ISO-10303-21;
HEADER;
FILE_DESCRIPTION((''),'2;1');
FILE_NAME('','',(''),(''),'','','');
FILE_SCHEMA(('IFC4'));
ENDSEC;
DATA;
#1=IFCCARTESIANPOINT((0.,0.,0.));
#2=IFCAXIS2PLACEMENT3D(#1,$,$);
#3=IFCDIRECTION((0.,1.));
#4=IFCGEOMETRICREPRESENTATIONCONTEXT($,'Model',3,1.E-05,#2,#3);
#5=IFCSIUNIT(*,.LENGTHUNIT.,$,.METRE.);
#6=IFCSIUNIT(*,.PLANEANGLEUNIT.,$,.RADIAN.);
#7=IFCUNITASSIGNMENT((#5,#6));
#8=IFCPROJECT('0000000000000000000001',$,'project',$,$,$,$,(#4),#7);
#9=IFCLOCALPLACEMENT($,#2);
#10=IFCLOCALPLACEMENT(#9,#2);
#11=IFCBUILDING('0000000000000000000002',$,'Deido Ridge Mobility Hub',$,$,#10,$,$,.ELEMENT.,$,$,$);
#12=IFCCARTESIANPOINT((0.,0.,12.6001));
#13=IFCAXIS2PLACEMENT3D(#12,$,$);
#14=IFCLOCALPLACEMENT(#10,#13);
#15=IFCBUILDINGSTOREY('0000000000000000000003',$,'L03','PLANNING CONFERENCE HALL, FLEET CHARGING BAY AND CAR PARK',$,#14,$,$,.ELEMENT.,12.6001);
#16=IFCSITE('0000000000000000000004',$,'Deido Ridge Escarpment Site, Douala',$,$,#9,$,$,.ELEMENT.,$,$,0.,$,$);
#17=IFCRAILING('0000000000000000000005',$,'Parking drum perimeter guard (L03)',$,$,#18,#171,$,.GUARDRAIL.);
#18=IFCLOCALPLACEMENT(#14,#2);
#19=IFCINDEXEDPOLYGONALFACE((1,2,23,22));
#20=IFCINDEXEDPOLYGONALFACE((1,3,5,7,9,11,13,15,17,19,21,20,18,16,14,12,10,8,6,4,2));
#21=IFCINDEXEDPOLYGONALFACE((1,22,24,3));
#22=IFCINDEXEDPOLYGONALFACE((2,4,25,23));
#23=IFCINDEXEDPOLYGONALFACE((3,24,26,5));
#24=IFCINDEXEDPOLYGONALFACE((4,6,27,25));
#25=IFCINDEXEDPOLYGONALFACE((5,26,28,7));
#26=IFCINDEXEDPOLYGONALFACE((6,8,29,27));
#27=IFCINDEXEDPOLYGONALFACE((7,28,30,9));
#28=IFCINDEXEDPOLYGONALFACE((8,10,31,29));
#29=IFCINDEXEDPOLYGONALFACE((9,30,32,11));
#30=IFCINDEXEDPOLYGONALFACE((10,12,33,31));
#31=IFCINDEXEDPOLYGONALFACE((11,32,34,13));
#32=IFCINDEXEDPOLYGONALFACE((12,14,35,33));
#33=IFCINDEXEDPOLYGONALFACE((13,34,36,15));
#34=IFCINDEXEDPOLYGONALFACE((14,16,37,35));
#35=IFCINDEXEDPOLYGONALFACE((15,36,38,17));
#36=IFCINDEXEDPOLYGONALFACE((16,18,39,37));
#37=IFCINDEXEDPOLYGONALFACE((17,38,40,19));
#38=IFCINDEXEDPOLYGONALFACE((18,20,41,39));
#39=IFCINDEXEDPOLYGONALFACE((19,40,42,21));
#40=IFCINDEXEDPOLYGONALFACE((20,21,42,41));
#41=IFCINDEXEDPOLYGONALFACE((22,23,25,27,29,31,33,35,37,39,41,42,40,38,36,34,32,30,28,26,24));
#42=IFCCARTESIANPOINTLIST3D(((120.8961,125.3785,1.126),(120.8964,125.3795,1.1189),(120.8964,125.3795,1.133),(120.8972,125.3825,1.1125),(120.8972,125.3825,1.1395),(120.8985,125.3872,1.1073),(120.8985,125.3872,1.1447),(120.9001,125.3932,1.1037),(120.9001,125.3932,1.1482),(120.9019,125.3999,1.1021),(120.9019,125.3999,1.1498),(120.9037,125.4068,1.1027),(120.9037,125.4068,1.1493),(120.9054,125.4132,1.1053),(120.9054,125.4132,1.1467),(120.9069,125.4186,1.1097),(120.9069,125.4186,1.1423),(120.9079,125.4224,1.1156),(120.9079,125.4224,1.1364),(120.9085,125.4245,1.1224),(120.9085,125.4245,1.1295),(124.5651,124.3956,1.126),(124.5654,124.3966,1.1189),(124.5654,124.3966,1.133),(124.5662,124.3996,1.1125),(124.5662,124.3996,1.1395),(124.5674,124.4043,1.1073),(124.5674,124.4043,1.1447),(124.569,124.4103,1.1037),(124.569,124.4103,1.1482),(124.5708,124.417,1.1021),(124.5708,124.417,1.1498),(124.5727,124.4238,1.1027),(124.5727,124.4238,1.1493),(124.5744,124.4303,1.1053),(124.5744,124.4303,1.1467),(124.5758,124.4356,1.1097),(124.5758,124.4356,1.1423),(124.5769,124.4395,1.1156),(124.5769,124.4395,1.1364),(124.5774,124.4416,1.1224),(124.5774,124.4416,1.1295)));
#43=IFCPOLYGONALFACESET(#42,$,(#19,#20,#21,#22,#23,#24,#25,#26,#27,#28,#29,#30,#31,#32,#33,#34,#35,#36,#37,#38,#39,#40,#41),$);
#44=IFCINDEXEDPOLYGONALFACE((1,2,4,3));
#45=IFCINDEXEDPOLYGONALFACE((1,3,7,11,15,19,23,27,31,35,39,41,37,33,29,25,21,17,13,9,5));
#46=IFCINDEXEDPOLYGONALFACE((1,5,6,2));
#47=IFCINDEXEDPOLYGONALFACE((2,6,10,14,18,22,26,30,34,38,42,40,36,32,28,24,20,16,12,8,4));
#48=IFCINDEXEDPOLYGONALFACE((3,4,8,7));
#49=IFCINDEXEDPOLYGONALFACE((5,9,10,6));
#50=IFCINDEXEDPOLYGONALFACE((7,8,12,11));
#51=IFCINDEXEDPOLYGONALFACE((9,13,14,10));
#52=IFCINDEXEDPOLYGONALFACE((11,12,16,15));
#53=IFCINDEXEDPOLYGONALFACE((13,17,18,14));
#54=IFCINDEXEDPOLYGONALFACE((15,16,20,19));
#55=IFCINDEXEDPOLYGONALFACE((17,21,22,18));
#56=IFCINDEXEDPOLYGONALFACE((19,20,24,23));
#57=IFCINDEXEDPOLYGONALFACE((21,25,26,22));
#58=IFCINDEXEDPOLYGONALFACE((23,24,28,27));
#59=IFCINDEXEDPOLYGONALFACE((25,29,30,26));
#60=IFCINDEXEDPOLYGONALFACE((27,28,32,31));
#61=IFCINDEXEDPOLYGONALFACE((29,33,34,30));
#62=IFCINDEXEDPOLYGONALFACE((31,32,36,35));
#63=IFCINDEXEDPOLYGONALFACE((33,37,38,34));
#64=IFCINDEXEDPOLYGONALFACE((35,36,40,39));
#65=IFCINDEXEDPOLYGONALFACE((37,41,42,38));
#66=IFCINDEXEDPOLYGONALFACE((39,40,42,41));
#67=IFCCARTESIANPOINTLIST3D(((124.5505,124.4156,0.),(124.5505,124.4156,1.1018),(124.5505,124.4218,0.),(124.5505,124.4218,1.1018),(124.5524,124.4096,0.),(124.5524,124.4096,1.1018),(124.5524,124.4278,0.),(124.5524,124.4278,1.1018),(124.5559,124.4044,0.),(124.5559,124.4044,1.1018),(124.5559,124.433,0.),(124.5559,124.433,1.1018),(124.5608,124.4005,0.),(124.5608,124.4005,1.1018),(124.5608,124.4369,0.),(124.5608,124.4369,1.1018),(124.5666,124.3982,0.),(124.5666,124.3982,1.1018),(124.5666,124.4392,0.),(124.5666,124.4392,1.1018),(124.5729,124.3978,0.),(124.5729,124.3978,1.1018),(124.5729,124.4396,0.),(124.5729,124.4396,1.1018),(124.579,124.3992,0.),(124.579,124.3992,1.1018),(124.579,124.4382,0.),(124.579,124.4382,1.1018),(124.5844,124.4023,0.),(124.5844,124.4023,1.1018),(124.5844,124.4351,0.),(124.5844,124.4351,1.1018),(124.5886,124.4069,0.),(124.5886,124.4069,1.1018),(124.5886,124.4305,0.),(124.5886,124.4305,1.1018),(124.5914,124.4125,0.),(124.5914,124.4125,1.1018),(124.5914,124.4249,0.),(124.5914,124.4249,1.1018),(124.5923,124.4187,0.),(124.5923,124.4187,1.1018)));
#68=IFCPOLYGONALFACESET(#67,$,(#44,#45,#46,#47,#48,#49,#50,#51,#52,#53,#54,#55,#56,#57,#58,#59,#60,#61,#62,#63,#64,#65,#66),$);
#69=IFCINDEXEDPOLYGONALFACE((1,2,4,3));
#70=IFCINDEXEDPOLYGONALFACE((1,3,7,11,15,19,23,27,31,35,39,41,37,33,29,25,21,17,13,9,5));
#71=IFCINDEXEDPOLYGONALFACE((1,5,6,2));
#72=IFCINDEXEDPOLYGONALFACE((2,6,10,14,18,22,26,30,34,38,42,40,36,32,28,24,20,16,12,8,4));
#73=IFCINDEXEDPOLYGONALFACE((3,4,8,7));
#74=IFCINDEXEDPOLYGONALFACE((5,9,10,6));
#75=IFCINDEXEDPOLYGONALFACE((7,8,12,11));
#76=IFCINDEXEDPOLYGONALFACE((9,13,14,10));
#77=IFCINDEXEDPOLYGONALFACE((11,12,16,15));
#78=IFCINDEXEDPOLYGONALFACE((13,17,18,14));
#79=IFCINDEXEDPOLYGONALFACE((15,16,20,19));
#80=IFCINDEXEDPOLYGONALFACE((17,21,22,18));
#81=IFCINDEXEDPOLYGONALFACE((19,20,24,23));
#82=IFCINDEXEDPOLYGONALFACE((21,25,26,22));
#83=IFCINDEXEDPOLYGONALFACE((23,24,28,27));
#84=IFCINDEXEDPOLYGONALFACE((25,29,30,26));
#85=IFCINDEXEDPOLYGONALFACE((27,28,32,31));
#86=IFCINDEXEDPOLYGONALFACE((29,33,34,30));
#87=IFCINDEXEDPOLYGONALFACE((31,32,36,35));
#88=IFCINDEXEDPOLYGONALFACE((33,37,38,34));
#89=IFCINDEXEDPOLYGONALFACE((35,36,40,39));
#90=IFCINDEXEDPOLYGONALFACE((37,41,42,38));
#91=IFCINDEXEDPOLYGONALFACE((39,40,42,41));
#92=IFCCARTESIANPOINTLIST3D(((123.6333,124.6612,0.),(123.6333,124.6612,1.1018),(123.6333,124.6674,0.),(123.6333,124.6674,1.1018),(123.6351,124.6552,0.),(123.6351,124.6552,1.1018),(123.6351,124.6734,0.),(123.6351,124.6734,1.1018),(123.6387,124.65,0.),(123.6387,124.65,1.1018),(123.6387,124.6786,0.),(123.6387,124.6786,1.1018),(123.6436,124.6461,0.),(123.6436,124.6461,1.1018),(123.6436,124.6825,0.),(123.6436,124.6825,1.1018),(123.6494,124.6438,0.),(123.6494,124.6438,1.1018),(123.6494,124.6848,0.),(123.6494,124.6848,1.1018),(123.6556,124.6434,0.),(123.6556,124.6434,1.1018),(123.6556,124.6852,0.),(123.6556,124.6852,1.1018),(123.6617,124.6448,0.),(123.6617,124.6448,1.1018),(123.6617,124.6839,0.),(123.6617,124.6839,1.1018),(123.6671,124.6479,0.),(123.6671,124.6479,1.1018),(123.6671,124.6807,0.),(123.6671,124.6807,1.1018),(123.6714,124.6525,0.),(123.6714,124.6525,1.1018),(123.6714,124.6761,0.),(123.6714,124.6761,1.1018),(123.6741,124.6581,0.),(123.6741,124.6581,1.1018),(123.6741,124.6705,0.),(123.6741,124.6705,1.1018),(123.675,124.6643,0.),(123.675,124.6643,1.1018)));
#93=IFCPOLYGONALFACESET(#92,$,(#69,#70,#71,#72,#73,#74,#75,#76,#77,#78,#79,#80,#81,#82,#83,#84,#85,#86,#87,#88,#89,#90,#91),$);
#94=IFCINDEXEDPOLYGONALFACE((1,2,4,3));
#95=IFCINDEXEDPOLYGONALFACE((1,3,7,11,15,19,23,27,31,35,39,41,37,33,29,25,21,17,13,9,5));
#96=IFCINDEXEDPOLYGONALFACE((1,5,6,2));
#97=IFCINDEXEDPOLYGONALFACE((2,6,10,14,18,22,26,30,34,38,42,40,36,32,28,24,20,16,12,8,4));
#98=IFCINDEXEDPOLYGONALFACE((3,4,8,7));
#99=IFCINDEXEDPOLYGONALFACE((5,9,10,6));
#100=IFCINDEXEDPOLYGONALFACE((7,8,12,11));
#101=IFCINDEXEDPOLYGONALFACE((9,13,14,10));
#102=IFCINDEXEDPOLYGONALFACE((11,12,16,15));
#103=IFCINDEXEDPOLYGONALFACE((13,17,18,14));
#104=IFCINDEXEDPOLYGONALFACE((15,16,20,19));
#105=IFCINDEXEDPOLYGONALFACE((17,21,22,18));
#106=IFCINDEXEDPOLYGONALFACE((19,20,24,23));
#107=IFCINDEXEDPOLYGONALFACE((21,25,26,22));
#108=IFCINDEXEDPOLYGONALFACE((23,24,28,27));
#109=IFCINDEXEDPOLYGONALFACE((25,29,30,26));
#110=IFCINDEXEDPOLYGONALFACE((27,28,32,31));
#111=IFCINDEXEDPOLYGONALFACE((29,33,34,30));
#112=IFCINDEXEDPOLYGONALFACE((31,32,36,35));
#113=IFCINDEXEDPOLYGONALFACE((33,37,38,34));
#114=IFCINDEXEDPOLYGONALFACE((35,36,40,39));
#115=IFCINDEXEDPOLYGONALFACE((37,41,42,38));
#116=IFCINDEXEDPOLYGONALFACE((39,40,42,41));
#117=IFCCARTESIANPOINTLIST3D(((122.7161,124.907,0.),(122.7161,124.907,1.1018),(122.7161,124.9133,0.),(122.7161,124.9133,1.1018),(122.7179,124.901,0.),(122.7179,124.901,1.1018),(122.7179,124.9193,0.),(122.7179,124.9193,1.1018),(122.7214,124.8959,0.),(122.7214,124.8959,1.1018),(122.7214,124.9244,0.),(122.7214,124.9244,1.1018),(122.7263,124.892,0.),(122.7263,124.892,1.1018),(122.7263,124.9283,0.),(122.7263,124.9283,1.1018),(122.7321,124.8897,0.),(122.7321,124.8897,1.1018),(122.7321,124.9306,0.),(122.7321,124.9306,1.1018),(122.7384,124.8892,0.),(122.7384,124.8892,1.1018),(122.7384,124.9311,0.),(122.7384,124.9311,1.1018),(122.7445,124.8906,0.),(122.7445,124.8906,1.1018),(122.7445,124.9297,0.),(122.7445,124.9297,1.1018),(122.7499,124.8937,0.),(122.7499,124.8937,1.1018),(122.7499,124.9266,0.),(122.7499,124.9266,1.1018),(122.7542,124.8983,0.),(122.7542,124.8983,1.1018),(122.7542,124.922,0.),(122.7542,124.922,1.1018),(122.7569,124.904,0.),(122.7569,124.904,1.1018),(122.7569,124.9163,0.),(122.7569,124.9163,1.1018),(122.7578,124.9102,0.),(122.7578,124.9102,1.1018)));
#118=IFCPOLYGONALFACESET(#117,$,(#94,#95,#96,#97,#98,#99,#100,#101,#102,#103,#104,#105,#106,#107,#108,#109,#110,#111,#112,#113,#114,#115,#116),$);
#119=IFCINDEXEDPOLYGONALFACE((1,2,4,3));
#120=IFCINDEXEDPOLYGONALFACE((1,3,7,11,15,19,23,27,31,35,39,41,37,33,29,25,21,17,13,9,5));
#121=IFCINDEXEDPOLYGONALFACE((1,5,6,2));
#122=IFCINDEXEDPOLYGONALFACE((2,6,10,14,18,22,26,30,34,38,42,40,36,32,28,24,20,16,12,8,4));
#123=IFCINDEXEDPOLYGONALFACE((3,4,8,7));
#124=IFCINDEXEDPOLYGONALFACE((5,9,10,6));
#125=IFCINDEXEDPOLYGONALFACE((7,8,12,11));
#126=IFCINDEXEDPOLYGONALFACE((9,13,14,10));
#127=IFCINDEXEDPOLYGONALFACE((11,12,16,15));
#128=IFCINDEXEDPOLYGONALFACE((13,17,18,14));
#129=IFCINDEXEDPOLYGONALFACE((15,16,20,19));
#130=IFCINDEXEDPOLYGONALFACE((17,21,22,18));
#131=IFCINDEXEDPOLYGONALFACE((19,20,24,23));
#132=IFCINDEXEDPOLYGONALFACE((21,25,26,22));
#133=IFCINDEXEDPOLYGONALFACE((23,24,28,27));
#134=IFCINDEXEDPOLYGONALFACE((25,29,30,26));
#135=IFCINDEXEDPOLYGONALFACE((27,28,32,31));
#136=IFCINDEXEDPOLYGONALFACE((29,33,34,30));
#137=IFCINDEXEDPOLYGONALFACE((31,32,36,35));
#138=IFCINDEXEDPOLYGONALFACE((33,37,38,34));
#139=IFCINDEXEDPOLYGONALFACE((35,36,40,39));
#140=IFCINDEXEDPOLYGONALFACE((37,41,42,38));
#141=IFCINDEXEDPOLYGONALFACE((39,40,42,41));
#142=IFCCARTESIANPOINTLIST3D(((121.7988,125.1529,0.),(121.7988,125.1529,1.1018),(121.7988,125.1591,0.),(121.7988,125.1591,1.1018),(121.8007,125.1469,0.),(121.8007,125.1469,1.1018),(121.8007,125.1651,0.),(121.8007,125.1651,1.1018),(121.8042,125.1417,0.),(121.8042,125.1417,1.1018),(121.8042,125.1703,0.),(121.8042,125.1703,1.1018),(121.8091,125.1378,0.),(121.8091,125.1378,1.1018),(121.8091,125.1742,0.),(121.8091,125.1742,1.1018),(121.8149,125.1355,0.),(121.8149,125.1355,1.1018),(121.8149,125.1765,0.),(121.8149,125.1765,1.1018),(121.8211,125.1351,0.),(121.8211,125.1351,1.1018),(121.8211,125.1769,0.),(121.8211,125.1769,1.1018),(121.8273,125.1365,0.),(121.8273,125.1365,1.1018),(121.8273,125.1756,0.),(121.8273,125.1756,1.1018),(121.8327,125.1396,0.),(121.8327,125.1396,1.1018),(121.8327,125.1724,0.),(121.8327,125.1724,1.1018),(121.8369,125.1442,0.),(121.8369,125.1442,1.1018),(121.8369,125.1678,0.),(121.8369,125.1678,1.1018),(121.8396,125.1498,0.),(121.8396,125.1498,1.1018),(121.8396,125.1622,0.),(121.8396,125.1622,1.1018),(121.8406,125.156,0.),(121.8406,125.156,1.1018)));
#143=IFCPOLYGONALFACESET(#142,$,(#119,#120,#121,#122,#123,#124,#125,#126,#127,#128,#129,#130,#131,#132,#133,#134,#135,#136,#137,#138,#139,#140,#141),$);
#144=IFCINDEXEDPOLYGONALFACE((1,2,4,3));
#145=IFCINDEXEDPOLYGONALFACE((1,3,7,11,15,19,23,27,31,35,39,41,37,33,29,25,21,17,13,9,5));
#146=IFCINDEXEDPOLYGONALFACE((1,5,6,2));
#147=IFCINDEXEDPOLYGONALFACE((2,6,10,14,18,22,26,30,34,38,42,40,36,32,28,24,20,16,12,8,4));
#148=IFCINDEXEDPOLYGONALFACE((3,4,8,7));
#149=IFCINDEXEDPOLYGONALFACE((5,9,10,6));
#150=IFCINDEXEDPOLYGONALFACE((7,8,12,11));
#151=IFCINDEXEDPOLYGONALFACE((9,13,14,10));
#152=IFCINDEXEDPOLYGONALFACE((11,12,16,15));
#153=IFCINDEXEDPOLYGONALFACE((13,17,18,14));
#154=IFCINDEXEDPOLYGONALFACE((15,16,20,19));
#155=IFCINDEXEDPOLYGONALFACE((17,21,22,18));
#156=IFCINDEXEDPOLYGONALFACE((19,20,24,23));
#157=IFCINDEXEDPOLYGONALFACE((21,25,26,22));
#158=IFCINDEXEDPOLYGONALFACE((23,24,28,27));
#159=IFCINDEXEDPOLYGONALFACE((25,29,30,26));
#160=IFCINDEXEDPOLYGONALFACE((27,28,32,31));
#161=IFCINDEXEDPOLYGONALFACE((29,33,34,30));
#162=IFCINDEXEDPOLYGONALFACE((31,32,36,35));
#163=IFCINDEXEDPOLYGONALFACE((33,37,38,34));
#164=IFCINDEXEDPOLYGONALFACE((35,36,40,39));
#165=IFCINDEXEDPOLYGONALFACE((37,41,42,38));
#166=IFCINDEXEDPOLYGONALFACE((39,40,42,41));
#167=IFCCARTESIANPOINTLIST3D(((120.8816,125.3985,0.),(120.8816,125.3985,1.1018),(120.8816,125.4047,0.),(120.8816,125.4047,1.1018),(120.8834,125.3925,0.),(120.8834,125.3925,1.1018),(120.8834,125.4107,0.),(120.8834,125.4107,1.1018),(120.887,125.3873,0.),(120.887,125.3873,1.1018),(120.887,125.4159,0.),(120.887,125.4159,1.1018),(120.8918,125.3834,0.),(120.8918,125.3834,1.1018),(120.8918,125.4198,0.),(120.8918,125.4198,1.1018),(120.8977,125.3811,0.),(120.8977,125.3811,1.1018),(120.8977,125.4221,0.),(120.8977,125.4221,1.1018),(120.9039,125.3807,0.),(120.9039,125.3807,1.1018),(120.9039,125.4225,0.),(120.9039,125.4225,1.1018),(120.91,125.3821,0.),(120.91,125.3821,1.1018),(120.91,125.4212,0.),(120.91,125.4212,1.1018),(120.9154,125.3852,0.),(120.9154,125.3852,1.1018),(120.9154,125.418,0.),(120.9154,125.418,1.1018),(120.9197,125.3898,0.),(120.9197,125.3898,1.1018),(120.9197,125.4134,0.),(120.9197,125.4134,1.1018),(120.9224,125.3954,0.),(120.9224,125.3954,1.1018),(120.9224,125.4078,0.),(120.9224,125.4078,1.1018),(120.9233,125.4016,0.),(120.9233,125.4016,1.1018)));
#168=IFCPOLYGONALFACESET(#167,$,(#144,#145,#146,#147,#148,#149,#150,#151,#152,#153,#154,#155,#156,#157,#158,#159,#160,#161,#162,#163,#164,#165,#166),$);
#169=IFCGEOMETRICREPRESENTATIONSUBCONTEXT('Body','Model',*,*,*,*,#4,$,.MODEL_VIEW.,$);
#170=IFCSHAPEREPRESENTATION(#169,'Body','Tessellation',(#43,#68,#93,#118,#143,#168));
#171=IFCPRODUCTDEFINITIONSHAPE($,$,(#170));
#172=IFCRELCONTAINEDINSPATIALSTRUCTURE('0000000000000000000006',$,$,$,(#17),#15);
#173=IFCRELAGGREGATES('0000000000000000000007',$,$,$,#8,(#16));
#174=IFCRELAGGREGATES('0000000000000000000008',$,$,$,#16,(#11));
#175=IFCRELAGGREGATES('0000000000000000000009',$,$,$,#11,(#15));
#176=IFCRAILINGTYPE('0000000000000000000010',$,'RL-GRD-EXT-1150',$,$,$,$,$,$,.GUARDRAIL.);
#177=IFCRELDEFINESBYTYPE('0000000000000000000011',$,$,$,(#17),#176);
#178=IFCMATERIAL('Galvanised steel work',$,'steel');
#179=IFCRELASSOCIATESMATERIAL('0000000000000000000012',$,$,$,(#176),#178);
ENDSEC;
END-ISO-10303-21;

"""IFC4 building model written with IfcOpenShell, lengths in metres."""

from ifc_helpers import new_model, si_unit, direction, frame, origin, origin_2d, place, context, subcontext, project, spatial, circle, extrude, material, type_object, element, save


model = new_model("IFC4")

# Units and contexts
model_context = context("Model", 3, precision=1e-05, world=origin(), true_north=direction((0.0, 1.0)))
body_context = subcontext(model_context, "Body", "Model", "MODEL_VIEW")
ifc_project = project(units=[si_unit("LENGTHUNIT", "METRE"), si_unit("PLANEANGLEUNIT", "RADIAN")], contexts=[model_context])

# Site, building, storey
site_placement = place(None, origin())
site = spatial("IfcSite", under=ifc_project, at=site_placement, Name="Deido Ridge Escarpment Site, Douala", CompositionType="ELEMENT", RefElevation=0.0)
building_placement = place(site_placement, origin())
building = spatial("IfcBuilding", under=site, at=building_placement, Name="Deido Ridge Mobility Hub", CompositionType="ELEMENT")
storey_placement = place(building_placement, frame((0.0, 0.0, 12.6001)))
storey = spatial("IfcBuildingStorey", under=building, at=storey_placement, Name="L03", Description="PLANNING CONFERENCE HALL, FLEET CHARGING BAY AND CAR PARK", CompositionType="ELEMENT", Elevation=12.6001)

# Railing
ifc_material_1 = material(Name="Galvanised steel work", Category="steel")
railing_type = type_object("IfcRailingType", Name="RL-GRD-EXT-1150", PredefinedType="GUARDRAIL", material=ifc_material_1)
railing_1_placement = place(storey_placement, frame((124.5713, 124.4187, 0.0)))
element("IfcRailing", 1, at=railing_1_placement, inside=storey, type_object=railing_type, Name="Parking drum perimeter guard (L03)", PredefinedType="GUARDRAIL", context=body_context, shape_type="SweptSolid", body=[
    extrude(circle(Radius=0.0239, at=origin_2d()), frame((0.0, 0.0, 1.126), z_axis=(-0.965938, 0.258775, 0.0), x_axis=(-0.258775, -0.965938, 0.0)), (0.0, 0.0, 1.0), 3.7983),
    extrude(circle(Radius=0.021, at=origin_2d()), origin(), (0.0, 0.0, 1.0), 1.1018),
    extrude(circle(Radius=0.021, at=origin_2d()), frame((-0.9172, 0.2456, 0.0)), (0.0, 0.0, 1.0), 1.1018),
    extrude(circle(Radius=0.021, at=origin_2d()), frame((-1.8345, 0.4915, 0.0)), (0.0, 0.0, 1.0), 1.1018),
    extrude(circle(Radius=0.021, at=origin_2d()), frame((-2.7517, 0.7373, 0.0)), (0.0, 0.0, 1.0), 1.1018),
    extrude(circle(Radius=0.021, at=origin_2d()), frame((-3.6689, 0.9829, 0.0)), (0.0, 0.0, 1.0), 1.1018),
])

save(model, "model.ifc")
